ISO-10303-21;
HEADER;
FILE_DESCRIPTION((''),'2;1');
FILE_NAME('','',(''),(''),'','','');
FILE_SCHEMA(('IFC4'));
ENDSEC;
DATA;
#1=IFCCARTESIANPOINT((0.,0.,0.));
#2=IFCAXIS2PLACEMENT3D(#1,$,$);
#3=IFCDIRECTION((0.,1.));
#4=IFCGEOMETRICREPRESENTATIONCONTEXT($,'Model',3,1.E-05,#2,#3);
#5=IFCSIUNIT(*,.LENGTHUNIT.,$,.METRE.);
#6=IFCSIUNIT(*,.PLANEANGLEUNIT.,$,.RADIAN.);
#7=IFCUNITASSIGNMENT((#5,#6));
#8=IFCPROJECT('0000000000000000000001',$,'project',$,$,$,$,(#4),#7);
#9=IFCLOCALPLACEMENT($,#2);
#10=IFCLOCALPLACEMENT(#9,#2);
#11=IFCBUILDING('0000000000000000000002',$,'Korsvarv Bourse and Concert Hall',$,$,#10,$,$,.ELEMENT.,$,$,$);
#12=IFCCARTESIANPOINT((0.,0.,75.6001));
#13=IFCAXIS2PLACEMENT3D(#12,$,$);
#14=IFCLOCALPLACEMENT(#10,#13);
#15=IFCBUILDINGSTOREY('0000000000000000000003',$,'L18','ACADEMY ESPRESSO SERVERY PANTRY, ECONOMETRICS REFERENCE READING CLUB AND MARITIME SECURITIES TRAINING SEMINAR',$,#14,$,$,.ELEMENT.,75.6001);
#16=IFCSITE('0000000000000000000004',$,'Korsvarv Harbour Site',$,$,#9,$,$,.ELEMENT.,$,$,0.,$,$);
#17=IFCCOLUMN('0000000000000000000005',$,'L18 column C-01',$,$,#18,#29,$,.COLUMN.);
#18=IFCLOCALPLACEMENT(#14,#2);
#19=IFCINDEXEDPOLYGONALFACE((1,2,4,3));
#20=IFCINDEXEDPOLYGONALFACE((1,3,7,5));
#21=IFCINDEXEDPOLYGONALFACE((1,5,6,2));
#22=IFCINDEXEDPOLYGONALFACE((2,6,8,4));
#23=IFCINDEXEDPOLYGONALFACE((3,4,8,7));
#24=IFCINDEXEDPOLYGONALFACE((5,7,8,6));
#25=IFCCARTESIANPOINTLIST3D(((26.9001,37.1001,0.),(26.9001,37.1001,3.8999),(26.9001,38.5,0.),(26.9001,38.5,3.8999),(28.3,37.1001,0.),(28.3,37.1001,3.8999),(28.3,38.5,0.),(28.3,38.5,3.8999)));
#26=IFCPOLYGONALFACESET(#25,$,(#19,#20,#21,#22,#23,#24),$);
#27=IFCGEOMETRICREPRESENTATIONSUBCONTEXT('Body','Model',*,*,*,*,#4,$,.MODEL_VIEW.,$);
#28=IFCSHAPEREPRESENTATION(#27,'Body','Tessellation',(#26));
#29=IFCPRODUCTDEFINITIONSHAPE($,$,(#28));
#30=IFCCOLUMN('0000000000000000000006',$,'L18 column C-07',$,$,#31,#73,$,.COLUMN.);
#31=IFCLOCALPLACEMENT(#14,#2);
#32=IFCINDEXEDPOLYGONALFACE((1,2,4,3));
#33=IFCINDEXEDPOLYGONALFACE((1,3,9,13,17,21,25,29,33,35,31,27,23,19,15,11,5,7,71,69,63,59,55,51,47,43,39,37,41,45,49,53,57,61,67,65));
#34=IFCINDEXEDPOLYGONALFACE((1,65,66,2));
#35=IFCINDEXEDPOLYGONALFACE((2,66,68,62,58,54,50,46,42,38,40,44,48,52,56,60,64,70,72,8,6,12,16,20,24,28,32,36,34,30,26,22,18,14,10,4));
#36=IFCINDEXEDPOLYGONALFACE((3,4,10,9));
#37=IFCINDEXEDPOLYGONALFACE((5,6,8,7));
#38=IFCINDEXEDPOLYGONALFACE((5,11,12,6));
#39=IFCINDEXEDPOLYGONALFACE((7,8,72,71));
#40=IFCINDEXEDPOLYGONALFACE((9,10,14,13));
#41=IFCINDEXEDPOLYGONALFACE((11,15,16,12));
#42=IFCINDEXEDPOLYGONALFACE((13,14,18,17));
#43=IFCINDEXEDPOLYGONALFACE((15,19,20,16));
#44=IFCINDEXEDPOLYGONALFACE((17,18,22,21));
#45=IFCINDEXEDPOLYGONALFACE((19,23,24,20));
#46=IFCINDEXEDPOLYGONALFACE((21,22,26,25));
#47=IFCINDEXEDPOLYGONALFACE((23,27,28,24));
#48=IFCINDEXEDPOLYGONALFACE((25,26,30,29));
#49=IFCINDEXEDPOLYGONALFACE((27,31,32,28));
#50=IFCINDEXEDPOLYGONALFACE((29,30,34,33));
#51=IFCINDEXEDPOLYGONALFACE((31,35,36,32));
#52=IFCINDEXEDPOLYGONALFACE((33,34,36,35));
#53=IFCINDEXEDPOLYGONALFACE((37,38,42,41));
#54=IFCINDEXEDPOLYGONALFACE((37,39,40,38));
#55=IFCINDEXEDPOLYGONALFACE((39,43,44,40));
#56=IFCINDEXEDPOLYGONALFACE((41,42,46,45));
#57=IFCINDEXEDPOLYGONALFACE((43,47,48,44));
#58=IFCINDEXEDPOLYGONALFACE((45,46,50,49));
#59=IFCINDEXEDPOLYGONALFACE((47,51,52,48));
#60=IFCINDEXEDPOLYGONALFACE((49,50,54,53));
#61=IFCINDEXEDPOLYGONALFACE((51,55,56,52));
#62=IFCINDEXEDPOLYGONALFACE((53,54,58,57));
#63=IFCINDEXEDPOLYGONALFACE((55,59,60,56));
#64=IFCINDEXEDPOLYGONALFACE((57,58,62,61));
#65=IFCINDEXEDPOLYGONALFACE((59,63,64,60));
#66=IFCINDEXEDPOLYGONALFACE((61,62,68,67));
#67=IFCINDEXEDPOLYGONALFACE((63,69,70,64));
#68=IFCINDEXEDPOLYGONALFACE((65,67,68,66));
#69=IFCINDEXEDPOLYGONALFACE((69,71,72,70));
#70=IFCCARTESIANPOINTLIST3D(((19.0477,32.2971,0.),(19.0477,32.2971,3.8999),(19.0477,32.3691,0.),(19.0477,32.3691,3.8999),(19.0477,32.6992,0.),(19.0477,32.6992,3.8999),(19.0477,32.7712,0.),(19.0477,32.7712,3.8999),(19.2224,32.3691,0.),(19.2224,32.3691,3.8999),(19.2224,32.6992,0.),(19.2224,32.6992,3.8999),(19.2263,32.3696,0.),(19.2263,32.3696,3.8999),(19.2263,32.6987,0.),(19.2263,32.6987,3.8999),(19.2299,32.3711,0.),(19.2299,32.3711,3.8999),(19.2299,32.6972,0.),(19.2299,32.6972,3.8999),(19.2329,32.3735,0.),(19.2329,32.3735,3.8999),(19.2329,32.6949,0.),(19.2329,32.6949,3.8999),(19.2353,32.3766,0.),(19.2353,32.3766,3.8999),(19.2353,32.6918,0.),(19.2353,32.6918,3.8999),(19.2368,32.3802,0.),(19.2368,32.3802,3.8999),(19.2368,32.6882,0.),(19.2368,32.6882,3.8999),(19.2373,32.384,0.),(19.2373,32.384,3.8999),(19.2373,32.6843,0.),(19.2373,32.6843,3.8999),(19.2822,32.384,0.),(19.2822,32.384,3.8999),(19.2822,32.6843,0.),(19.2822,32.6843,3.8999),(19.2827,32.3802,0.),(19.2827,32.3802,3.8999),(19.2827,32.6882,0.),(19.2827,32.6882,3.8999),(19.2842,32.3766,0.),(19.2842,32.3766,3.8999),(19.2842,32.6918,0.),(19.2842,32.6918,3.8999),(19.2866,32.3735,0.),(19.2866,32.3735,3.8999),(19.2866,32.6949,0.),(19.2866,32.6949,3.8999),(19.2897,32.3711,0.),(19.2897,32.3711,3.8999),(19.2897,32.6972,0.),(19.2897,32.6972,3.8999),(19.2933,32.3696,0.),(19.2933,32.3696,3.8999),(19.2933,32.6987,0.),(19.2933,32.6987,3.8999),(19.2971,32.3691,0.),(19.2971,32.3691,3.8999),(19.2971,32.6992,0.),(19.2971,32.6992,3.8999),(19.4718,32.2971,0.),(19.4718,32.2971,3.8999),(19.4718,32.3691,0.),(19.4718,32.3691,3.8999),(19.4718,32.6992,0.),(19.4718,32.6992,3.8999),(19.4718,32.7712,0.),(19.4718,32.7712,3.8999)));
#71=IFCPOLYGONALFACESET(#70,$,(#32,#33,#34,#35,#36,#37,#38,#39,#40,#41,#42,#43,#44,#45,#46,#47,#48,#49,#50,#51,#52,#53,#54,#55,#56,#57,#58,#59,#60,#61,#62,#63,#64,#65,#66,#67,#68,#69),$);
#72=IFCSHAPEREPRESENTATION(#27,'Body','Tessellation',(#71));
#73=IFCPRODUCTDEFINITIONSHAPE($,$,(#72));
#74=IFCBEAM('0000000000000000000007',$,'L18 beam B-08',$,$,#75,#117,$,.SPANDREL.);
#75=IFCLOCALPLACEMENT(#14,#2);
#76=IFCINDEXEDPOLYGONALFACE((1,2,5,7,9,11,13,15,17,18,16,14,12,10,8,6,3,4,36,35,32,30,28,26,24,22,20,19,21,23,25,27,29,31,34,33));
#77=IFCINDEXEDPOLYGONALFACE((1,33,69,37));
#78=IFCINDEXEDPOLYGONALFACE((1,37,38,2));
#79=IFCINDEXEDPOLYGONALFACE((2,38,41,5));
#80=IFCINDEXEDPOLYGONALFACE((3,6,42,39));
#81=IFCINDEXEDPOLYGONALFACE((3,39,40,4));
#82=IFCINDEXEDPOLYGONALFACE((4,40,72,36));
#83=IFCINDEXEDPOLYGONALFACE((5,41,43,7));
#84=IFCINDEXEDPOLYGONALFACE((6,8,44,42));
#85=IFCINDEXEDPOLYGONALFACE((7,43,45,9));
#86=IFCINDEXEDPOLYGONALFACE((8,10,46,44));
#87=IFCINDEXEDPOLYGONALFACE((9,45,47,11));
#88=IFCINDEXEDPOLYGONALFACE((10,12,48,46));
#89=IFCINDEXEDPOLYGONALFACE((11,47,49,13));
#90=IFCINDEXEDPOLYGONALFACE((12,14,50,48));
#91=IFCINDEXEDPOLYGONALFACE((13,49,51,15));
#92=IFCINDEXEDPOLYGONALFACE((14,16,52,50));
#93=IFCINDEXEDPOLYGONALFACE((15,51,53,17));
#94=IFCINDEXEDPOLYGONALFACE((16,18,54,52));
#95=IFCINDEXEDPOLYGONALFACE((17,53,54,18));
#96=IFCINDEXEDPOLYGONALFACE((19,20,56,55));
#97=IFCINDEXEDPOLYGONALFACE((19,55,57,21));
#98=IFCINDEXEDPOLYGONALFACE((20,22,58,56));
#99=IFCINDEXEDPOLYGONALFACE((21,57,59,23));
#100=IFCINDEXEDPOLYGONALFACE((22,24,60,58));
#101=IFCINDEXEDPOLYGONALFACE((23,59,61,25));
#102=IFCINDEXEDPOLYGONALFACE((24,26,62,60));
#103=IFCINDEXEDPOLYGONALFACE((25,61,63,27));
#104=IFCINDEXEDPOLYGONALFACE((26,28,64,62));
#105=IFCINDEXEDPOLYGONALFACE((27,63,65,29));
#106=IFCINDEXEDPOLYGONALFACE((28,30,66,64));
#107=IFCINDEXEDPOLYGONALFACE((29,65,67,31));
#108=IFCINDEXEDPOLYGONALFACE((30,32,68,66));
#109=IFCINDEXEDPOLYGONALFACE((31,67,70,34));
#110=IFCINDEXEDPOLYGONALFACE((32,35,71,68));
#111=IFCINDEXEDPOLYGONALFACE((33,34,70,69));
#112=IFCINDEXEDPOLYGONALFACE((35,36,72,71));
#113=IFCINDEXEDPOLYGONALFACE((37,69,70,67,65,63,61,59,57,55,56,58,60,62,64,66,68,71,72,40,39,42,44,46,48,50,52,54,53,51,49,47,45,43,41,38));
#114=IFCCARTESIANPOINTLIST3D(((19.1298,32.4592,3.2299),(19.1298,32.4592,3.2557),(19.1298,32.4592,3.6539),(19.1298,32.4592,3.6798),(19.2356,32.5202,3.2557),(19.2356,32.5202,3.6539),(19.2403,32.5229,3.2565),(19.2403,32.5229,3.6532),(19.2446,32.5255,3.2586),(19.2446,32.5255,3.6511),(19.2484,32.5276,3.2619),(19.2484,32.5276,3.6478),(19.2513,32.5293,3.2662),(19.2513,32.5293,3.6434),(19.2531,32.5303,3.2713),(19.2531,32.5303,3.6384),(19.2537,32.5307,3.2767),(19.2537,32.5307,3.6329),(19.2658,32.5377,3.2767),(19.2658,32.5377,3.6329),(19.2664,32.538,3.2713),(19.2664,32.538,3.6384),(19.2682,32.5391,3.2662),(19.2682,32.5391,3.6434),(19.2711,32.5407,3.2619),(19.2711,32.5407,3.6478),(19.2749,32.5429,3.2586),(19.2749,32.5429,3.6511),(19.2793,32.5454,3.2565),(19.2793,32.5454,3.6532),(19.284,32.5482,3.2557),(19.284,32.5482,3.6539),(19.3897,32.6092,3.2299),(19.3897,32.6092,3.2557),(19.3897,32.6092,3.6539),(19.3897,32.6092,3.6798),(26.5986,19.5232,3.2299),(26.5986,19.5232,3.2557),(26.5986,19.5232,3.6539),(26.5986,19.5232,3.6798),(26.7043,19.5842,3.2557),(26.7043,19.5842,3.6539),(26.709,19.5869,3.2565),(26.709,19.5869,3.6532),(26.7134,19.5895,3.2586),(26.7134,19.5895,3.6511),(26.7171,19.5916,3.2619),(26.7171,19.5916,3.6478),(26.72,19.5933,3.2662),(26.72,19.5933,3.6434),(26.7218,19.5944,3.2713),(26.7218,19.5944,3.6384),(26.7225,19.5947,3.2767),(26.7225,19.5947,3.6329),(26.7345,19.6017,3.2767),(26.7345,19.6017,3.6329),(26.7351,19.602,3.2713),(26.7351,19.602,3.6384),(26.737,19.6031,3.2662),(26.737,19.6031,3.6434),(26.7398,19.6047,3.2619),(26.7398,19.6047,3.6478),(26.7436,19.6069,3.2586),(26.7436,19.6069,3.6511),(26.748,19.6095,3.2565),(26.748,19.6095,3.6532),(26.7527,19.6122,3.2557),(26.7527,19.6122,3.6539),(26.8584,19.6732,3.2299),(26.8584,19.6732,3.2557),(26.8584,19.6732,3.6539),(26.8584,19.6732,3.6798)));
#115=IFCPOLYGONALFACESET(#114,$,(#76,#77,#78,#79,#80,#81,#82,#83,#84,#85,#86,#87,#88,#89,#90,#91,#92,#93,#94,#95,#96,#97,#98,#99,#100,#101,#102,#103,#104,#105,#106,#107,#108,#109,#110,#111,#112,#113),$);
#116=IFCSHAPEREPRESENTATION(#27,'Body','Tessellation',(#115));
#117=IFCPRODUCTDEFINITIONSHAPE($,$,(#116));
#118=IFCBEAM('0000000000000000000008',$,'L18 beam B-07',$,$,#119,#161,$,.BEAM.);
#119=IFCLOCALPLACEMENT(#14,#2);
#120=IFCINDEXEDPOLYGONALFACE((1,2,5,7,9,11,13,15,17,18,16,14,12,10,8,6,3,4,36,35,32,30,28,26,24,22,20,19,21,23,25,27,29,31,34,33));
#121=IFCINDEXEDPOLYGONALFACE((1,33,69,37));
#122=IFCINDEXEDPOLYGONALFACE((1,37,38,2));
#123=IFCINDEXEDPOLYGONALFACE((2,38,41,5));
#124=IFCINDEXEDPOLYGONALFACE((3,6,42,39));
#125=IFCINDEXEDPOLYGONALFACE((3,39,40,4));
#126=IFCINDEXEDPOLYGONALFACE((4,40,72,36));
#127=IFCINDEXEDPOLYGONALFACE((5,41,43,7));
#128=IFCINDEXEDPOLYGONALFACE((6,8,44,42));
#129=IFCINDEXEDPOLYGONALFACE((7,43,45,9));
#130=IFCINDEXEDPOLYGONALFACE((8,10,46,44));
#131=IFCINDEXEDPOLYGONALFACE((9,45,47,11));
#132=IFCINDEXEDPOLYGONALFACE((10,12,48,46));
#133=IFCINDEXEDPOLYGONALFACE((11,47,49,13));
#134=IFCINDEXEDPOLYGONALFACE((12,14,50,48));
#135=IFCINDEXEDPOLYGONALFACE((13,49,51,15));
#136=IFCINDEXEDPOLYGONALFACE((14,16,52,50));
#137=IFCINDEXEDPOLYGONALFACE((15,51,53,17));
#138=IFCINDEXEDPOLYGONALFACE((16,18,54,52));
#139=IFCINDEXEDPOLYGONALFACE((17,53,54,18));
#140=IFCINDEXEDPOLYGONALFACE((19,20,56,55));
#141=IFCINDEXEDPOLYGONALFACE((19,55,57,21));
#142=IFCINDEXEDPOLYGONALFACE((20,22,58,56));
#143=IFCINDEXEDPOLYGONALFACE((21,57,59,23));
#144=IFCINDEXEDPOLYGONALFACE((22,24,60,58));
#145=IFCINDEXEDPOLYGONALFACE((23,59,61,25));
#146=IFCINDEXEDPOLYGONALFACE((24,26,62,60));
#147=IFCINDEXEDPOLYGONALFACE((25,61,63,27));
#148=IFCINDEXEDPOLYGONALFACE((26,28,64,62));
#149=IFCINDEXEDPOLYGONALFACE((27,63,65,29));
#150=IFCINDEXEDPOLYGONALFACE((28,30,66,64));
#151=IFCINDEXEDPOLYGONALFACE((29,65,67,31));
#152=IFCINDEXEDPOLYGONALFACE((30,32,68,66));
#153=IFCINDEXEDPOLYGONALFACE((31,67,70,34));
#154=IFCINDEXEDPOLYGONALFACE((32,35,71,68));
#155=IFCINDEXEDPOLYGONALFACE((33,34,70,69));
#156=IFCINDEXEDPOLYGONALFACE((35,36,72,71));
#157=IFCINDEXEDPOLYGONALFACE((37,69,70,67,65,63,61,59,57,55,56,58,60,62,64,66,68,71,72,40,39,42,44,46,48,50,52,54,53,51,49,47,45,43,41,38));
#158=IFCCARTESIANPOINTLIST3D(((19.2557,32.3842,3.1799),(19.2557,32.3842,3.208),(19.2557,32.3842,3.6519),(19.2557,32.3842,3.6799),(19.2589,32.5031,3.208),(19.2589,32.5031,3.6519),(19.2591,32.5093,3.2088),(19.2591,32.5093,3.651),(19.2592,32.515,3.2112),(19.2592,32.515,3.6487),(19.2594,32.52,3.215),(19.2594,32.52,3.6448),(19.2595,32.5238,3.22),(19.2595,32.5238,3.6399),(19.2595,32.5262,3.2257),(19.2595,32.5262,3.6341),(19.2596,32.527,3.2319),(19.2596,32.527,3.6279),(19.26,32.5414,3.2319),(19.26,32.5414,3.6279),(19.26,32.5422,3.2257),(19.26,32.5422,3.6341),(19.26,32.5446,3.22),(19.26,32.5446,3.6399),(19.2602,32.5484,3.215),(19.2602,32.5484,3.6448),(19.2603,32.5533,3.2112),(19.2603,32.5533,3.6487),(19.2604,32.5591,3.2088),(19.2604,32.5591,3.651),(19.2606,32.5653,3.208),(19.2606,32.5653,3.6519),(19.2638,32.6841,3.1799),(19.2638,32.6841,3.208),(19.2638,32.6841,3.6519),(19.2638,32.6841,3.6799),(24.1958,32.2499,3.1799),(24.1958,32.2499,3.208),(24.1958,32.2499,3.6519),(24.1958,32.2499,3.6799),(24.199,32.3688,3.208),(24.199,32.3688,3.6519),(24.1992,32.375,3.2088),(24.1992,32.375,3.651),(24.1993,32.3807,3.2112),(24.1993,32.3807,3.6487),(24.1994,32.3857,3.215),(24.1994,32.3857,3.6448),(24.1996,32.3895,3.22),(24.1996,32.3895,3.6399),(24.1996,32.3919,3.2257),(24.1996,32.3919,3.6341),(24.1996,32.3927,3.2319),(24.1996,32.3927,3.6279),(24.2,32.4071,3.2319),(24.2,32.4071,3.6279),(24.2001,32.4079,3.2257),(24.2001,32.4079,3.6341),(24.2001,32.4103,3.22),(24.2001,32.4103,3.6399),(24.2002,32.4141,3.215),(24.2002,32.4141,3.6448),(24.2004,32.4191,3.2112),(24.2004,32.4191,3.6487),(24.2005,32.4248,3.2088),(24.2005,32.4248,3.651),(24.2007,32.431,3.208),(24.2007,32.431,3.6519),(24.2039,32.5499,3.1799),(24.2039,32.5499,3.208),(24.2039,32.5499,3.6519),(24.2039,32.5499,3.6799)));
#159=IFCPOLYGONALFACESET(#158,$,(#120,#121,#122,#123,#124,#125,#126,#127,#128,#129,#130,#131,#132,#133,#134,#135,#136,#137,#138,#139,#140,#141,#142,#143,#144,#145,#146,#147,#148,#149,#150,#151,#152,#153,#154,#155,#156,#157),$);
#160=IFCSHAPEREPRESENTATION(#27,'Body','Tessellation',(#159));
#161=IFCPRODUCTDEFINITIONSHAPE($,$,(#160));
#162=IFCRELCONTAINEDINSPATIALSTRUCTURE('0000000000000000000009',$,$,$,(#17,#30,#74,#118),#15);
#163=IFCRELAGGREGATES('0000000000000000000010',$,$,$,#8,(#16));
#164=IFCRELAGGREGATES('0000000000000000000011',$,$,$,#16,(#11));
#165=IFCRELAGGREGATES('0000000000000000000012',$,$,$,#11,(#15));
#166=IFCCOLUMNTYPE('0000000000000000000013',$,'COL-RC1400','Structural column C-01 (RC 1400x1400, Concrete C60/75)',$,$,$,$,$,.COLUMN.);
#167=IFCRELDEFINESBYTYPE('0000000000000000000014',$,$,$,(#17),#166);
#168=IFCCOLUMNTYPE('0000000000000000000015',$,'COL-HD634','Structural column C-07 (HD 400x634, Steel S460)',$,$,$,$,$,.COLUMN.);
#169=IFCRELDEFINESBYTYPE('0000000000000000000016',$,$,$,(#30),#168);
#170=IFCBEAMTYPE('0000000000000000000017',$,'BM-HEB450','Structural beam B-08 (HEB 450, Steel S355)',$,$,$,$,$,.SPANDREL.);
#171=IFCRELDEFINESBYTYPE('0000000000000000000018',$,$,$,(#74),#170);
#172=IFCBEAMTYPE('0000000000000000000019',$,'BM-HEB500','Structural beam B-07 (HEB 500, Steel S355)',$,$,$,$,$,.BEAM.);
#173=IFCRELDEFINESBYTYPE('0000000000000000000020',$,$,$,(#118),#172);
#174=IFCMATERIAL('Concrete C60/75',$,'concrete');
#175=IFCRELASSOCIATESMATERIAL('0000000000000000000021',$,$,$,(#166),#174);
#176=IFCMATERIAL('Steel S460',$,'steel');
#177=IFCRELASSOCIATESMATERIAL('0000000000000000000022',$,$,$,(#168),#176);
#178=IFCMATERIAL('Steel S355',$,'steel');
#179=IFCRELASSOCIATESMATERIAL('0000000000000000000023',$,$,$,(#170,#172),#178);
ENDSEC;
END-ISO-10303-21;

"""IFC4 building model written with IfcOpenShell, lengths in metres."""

from ifc_helpers import new_model, si_unit, direction, frame, origin, origin_2d, place, context, subcontext, project, spatial, rectangle, i_section, extrude, source, transform, mapped, material, material_profile, profile_set, type_object, element, save


model = new_model("IFC4")

# Units and contexts
model_context = context("Model", 3, precision=1e-05, world=origin(), true_north=direction((0.0, 1.0)))
body_context = subcontext(model_context, "Body", "Model", "MODEL_VIEW")
ifc_project = project(units=[si_unit("LENGTHUNIT", "METRE"), si_unit("PLANEANGLEUNIT", "RADIAN")], contexts=[model_context])

# Site, building, storey
site_placement = place(None, origin())
site = spatial("IfcSite", under=ifc_project, at=site_placement, Name="Korsvarv Harbour Site", CompositionType="ELEMENT", RefElevation=0.0)
building_placement = place(site_placement, origin())
building = spatial("IfcBuilding", under=site, at=building_placement, Name="Korsvarv Bourse and Concert Hall", CompositionType="ELEMENT")
storey_placement = place(building_placement, frame((0.0, 0.0, 75.6001)))
storey = spatial("IfcBuildingStorey", under=building, at=storey_placement, Name="L18", Description="ACADEMY ESPRESSO SERVERY PANTRY, ECONOMETRICS REFERENCE READING CLUB AND MARITIME SECURITIES TRAINING SEMINAR", CompositionType="ELEMENT", Elevation=75.6001)

# Columns
ifc_material_1 = material(Name="Concrete C60/75", Category="concrete")
ifc_material_profile_1 = material_profile(ifc_material_1, rectangle(XDim=1.3999, YDim=1.3999, at=origin_2d()), Name="RC 1400x1400")
ifc_profile_set_1 = profile_set([ifc_material_profile_1], Name="Concrete C60/75")
column_type_1 = type_object("IfcColumnType", Name="COL-RC1400", Description="Structural column C-01 (RC 1400x1400, Concrete C60/75)", PredefinedType="COLUMN", material=ifc_profile_set_1)
shared_shape_1 = source(origin(), body_context, "Body", "SweptSolid", [
    extrude(rectangle(XDim=1.3999, YDim=1.3999, at=origin_2d()), origin(), (0.0, 0.0, 1.0), 3.8999),
])
column_1_placement = place(storey_placement, frame((27.6001, 37.8, 0.0), z_axis=(0.0, 0.0, 1.0), x_axis=(1.0, 0.0, 0.0)))
element("IfcColumn", 1, at=column_1_placement, inside=storey, type_object=column_type_1, Name="L18 column C-01", PredefinedType="COLUMN", context=body_context, shape_type="MappedRepresentation", body=[
    mapped(shared_shape_1, transform((0.0, 0.0, 0.0), scale=1.0)),
])
ifc_material_2 = material(Name="Steel S460", Category="steel")
ifc_material_profile_2 = material_profile(ifc_material_2, i_section(OverallWidth=0.4241, OverallDepth=0.4741, WebThickness=0.0449, FlangeThickness=0.072, FilletRadius=0.0149, at=origin_2d()), Name="HD 400x634")
ifc_profile_set_2 = profile_set([ifc_material_profile_2], Name="Steel S460")
column_type_2 = type_object("IfcColumnType", Name="COL-HD634", Description="Structural column C-07 (HD 400x634, Steel S460)", PredefinedType="COLUMN", material=ifc_profile_set_2)
shared_shape_2 = source(origin(), body_context, "Body", "SweptSolid", [
    extrude(i_section(OverallWidth=0.4241, OverallDepth=0.4741, WebThickness=0.0449, FlangeThickness=0.072, FilletRadius=0.0149, at=origin_2d()), origin(), (0.0, 0.0, 1.0), 3.8999),
])
column_2_placement = place(storey_placement, frame((19.2598, 32.5342, 0.0), z_axis=(0.0, 0.0, 1.0), x_axis=(1.0, 0.0, 0.0)))
element("IfcColumn", 2, at=column_2_placement, inside=storey, type_object=column_type_2, Name="L18 column C-07", PredefinedType="COLUMN", context=body_context, shape_type="MappedRepresentation", body=[
    mapped(shared_shape_2, transform((0.0, 0.0, 0.0), scale=1.0)),
])

# Beams
ifc_material_3 = material(Name="Steel S355", Category="steel")
ifc_material_profile_3 = material_profile(ifc_material_3, i_section(OverallWidth=0.3, OverallDepth=0.45, WebThickness=0.0139, FlangeThickness=0.0259, FilletRadius=0.021, at=origin_2d()), Name="HEB 450")
ifc_profile_set_3 = profile_set([ifc_material_profile_3], Name="Steel S355")
beam_type_1 = type_object("IfcBeamType", Name="BM-HEB450", Description="Structural beam B-08 (HEB 450, Steel S355)", PredefinedType="SPANDREL", material=ifc_profile_set_3)
shared_shape_3 = source(origin(), body_context, "Body", "SweptSolid", [
    extrude(i_section(OverallWidth=0.3, OverallDepth=0.45, WebThickness=0.0139, FlangeThickness=0.0259, FilletRadius=0.021, at=origin_2d()), origin(), (0.0, 0.0, 1.0), 14.9373),
])
beam_1_placement = place(storey_placement, frame((19.2598, 32.5342, 3.4548), z_axis=(0.500006, -0.866022, 0.0), x_axis=(0.866022, 0.500006, 0.0)))
element("IfcBeam", 3, at=beam_1_placement, inside=storey, type_object=beam_type_1, Name="L18 beam B-08", PredefinedType="SPANDREL", context=body_context, shape_type="MappedRepresentation", body=[
    mapped(shared_shape_3, transform((0.0, 0.0, 0.0), scale=1.0)),
])
ifc_material_profile_4 = material_profile(ifc_material_3, i_section(OverallWidth=0.3, OverallDepth=0.5, WebThickness=0.0144, FlangeThickness=0.0281, FilletRadius=0.0239, at=origin_2d()), Name="HEB 500")
ifc_profile_set_4 = profile_set([ifc_material_profile_4], Name="Steel S355")
beam_type_2 = type_object("IfcBeamType", Name="BM-HEB500", Description="Structural beam B-07 (HEB 500, Steel S355)", PredefinedType="BEAM", material=ifc_profile_set_4)
shared_shape_4 = source(origin(), body_context, "Body", "SweptSolid", [
    extrude(i_section(OverallWidth=0.3, OverallDepth=0.5, WebThickness=0.0144, FlangeThickness=0.0281, FilletRadius=0.0239, at=origin_2d()), origin(), (0.0, 0.0, 1.0), 4.9419),
])
beam_2_placement = place(storey_placement, frame((19.2598, 32.5342, 3.4299), z_axis=(0.999631, -0.027171, 0.0), x_axis=(0.027171, 0.999631, 0.0)))
element("IfcBeam", 4, at=beam_2_placement, inside=storey, type_object=beam_type_2, Name="L18 beam B-07", PredefinedType="BEAM", context=body_context, shape_type="MappedRepresentation", body=[
    mapped(shared_shape_4, transform((0.0, 0.0, 0.0), scale=1.0)),
])

save(model, "model.ifc")
